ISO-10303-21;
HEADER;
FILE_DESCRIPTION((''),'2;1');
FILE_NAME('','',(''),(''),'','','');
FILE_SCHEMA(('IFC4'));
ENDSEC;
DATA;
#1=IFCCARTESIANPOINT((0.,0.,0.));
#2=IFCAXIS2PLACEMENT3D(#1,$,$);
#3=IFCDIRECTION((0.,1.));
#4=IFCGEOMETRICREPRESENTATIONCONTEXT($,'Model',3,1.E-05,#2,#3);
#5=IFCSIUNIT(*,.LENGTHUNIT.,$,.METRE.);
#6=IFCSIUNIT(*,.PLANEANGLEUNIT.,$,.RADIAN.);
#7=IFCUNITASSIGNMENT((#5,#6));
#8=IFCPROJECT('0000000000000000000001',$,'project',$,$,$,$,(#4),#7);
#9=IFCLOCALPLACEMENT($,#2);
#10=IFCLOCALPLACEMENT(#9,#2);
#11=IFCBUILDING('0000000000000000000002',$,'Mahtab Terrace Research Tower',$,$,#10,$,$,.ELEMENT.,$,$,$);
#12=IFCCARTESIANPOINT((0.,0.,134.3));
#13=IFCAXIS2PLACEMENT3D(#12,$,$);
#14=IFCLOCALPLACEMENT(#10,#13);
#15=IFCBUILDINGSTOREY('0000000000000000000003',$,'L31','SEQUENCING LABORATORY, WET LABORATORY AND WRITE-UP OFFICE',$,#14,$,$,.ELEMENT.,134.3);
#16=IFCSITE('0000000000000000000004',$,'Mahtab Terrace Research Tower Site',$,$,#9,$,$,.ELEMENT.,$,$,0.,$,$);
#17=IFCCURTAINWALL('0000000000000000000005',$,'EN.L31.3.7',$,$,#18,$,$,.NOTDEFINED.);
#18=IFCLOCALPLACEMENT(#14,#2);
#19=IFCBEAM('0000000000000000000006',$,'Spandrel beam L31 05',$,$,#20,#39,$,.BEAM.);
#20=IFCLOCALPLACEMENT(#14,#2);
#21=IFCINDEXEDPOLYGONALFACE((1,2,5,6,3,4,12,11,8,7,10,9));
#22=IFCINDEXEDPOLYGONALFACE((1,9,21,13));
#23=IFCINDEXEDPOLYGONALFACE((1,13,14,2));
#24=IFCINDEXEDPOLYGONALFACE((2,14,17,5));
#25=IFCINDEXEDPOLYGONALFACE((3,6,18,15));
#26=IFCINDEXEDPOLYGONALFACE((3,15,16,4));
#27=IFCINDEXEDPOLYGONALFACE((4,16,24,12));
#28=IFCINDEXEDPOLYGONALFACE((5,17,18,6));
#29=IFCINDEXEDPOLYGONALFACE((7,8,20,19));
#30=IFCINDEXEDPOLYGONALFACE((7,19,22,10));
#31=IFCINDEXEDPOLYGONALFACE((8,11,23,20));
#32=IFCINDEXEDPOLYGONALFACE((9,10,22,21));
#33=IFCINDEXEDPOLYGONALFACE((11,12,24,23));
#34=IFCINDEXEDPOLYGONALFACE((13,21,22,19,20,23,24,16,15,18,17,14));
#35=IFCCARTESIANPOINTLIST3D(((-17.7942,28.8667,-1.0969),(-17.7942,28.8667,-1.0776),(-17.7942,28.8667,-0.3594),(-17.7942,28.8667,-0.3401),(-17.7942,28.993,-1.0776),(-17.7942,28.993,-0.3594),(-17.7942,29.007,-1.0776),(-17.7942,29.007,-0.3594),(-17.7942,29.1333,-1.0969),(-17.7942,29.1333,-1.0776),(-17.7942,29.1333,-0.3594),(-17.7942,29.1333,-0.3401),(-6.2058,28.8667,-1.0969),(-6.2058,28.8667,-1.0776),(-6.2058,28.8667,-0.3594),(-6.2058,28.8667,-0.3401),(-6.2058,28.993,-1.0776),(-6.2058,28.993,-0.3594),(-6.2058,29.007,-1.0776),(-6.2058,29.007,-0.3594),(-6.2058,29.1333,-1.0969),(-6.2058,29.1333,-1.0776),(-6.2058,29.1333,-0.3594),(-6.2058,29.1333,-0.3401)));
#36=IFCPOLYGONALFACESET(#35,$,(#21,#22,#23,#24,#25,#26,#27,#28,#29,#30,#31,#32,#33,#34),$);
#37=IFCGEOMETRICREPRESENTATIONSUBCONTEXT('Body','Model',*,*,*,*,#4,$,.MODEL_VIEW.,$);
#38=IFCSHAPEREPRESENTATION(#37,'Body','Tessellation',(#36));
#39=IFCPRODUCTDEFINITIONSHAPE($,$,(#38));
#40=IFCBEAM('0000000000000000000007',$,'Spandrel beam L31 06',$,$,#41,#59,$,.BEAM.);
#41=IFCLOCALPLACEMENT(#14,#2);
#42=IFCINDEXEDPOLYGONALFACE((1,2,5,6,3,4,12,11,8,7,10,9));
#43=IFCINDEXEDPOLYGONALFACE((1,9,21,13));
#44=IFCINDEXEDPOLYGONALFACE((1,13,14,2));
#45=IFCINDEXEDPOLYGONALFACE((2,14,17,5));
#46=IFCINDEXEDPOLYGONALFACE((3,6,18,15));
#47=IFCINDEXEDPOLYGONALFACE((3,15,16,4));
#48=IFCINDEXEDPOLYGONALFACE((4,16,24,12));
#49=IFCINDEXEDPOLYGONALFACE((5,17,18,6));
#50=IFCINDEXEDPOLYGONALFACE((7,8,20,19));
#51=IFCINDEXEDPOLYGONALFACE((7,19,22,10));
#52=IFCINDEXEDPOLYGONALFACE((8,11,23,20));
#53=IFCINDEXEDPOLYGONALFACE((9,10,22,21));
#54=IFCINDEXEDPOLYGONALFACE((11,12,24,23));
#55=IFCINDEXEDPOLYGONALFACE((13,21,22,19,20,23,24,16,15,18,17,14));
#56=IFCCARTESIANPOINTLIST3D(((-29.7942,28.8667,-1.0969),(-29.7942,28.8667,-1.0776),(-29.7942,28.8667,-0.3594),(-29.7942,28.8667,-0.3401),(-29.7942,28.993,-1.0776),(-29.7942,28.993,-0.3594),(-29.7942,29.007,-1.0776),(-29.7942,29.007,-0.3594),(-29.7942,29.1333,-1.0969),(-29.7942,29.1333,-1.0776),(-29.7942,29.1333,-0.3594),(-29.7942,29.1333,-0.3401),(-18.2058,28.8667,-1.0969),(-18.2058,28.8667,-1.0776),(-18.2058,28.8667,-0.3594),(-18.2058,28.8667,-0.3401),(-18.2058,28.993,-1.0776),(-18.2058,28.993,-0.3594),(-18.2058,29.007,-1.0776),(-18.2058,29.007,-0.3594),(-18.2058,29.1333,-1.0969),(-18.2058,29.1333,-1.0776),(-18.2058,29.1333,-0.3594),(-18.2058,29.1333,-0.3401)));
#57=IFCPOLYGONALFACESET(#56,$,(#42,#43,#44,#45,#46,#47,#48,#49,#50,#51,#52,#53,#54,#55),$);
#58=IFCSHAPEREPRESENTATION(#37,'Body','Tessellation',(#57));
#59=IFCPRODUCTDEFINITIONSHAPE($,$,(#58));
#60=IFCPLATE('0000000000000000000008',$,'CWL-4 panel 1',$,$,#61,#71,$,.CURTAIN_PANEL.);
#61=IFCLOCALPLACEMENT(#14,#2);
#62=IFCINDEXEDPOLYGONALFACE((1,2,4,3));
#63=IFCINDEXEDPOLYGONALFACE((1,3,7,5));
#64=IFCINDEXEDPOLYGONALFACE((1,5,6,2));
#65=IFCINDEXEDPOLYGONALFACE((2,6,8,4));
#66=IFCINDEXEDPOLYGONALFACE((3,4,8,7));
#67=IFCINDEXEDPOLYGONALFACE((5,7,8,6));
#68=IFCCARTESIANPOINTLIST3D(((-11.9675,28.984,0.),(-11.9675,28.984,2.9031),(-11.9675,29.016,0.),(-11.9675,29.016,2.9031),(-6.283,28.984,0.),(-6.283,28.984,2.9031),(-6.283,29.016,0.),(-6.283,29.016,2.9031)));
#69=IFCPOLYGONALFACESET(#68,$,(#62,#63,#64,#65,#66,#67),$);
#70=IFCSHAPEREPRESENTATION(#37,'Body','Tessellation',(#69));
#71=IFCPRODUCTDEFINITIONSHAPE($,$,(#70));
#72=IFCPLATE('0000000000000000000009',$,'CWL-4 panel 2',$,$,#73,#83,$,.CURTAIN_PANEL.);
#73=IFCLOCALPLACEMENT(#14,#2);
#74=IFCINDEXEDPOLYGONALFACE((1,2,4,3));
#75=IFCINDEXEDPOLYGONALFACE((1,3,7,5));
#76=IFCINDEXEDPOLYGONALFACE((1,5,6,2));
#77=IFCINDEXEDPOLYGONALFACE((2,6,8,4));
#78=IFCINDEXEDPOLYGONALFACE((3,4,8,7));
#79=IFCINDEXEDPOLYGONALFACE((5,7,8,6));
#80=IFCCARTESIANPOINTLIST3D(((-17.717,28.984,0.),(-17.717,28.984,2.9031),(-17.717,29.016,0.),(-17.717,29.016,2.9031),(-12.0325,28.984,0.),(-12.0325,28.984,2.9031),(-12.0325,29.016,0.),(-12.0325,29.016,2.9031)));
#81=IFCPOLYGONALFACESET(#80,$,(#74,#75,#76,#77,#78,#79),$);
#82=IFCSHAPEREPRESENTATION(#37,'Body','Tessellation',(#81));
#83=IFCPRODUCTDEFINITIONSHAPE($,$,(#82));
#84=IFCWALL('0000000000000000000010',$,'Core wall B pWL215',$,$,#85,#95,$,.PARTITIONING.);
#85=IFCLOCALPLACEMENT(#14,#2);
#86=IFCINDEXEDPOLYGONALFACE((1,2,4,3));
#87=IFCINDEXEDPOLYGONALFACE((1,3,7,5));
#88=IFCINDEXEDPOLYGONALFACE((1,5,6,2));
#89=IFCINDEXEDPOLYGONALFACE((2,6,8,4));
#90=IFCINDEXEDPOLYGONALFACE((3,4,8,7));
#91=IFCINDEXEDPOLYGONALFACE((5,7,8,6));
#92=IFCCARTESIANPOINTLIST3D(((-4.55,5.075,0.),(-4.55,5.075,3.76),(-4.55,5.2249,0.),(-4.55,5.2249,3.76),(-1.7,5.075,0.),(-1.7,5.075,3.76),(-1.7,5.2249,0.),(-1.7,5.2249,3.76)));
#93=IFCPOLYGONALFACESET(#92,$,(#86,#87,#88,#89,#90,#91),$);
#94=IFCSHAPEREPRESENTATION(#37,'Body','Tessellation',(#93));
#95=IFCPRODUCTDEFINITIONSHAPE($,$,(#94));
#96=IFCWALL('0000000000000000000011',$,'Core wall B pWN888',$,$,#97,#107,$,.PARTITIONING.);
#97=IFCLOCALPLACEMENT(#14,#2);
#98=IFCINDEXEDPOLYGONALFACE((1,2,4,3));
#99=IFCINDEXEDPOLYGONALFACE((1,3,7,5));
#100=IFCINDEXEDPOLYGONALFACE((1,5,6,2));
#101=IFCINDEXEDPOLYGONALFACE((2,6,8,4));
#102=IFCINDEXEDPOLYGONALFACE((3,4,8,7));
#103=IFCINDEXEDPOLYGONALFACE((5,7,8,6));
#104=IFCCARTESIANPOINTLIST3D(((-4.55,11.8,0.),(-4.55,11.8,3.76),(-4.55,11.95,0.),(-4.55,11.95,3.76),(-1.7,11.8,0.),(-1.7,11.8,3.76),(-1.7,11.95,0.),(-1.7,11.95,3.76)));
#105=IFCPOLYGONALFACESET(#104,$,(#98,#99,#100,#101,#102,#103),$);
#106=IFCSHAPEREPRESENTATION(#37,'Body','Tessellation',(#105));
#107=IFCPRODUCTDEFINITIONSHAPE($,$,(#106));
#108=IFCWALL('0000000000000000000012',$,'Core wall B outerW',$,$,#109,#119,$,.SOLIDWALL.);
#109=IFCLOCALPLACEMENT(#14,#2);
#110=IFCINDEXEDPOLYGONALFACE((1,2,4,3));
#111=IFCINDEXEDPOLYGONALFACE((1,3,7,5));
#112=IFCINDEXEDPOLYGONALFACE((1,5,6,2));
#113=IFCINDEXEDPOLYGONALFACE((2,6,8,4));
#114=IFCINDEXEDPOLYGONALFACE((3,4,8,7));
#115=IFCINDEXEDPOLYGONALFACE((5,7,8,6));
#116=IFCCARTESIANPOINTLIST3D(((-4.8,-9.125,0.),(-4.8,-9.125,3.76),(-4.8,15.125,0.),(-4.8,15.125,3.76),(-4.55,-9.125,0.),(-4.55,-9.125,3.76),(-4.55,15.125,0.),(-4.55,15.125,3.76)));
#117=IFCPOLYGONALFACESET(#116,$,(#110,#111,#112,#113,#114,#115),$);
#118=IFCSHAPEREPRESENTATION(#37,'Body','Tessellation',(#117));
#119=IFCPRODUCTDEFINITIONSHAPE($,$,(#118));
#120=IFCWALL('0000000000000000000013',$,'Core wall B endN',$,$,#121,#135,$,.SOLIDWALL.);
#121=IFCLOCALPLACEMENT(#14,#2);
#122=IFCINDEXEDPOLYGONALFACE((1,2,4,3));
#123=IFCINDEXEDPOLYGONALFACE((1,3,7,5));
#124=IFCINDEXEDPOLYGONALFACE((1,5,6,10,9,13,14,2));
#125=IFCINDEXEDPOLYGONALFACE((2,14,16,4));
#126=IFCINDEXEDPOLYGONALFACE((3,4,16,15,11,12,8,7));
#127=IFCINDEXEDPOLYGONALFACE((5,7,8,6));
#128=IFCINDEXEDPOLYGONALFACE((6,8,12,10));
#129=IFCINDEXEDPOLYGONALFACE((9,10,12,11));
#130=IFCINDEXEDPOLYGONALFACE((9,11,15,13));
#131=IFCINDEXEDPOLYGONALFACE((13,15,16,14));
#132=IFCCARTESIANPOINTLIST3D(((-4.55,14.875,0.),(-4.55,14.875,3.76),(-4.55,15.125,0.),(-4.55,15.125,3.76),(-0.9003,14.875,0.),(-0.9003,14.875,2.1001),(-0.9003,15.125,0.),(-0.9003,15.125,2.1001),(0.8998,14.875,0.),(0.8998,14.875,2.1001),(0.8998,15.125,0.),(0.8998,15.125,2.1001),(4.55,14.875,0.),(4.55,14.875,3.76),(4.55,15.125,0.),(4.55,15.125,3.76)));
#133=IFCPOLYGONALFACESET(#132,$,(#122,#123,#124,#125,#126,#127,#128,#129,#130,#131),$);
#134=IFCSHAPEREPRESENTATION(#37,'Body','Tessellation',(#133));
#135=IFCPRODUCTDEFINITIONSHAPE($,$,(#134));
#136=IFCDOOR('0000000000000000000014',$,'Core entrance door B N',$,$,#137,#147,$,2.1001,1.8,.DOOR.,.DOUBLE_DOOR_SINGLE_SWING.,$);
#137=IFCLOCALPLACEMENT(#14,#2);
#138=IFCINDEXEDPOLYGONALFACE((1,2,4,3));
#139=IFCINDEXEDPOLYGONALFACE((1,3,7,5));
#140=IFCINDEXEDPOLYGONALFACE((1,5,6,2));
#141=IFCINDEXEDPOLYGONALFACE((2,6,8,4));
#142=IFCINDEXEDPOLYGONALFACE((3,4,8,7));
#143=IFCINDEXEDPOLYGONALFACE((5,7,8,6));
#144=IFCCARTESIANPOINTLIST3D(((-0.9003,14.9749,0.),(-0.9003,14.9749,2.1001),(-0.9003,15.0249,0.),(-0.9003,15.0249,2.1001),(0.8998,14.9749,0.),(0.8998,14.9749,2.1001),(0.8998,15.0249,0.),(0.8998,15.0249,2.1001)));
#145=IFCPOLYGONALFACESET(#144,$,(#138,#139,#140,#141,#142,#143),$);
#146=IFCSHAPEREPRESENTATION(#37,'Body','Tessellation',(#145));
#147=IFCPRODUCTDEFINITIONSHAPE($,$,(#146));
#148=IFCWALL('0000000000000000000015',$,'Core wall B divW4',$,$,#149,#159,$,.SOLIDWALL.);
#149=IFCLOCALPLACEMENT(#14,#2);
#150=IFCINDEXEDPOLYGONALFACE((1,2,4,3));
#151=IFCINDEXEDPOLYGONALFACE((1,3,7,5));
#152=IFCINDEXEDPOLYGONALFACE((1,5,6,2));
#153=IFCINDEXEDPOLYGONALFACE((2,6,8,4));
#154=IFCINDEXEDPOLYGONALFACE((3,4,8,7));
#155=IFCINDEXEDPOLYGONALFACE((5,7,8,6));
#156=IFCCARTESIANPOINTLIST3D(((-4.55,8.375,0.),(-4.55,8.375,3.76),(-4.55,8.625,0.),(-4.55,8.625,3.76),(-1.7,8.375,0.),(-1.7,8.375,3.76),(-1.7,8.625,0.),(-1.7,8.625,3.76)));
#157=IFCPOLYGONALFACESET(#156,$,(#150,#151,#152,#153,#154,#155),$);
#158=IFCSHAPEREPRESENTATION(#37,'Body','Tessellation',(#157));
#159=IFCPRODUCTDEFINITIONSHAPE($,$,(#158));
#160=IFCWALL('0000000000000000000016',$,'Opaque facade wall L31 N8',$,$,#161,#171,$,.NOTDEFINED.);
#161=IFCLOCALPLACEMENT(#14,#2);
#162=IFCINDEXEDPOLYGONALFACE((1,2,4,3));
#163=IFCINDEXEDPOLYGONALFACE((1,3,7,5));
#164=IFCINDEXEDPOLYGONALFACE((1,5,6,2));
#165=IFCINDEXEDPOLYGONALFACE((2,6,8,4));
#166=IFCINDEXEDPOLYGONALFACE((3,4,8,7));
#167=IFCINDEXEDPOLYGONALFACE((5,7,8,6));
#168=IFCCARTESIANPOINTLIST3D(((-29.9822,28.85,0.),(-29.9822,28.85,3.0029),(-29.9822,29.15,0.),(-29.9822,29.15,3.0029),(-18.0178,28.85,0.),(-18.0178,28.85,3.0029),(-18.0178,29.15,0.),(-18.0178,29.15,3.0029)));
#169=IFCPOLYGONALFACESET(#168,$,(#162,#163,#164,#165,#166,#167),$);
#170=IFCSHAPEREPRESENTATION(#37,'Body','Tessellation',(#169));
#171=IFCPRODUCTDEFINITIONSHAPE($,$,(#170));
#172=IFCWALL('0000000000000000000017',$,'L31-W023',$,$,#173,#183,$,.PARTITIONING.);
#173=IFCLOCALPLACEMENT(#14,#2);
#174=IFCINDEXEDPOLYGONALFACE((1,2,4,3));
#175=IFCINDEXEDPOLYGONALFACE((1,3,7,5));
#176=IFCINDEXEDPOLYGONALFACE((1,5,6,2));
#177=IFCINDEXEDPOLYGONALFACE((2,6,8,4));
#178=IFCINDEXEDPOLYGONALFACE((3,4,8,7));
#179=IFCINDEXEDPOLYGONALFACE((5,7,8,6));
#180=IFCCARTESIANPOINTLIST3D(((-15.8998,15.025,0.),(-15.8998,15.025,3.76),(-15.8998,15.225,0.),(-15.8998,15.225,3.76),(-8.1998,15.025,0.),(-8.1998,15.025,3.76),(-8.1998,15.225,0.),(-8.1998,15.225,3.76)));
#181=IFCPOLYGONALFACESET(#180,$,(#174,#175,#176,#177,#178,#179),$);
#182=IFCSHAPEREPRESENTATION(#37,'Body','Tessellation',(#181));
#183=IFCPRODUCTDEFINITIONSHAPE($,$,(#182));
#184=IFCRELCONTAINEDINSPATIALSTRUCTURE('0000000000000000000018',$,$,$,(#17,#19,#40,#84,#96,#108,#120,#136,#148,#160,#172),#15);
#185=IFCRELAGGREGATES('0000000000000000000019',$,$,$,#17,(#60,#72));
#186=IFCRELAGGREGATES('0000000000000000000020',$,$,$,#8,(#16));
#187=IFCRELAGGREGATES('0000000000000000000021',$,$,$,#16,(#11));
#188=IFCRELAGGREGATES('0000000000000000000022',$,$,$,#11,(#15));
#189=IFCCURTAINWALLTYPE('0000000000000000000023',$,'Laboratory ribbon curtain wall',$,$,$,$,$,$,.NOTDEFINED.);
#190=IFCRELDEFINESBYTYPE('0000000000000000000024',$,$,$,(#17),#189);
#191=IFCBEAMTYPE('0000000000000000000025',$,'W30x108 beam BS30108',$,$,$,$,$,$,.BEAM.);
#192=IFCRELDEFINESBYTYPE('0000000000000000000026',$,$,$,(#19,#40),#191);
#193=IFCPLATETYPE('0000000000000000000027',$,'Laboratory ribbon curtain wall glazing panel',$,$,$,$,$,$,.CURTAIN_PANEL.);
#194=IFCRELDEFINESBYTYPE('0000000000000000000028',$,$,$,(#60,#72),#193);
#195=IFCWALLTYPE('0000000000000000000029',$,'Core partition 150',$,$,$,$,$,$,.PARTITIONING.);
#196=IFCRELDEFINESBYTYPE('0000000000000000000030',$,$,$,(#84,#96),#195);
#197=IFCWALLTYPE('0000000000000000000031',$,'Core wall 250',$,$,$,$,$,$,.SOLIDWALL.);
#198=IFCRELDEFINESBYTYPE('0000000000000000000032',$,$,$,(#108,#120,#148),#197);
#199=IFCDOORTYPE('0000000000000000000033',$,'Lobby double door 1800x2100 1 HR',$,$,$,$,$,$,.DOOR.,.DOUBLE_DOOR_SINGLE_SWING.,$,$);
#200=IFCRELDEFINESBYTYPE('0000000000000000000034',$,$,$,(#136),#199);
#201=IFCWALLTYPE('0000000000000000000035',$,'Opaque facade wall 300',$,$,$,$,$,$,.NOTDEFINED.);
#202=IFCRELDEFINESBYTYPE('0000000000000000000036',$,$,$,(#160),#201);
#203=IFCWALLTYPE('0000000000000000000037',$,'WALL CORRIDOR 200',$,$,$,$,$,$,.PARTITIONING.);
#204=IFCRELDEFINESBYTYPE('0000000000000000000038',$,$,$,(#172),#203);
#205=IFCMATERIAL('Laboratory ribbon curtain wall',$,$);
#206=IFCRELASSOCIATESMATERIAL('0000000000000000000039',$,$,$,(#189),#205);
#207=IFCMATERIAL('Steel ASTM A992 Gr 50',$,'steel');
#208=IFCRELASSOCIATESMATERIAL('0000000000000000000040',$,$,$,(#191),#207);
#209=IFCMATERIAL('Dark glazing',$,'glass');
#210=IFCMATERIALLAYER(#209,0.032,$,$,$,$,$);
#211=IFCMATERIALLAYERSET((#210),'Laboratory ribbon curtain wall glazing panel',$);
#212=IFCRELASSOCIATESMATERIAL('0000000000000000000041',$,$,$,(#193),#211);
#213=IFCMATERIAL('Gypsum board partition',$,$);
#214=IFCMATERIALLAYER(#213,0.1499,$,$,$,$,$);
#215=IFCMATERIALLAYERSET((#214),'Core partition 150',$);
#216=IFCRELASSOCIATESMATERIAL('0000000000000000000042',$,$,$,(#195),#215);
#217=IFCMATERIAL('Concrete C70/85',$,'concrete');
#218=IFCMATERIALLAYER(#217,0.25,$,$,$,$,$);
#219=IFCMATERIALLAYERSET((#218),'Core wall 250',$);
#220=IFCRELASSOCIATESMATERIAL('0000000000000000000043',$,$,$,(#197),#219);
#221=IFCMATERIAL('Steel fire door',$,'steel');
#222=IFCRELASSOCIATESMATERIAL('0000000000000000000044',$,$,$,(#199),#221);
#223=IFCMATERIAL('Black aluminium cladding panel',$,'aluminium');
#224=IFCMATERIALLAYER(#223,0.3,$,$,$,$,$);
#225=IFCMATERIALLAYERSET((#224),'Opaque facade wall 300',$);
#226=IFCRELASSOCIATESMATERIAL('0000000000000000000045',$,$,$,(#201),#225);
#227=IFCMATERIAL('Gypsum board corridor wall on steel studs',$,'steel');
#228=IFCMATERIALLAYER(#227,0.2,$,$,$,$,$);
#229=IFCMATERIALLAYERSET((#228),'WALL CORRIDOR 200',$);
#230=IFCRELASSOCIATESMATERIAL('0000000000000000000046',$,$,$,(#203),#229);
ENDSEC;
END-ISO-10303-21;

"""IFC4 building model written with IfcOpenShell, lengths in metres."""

from ifc_helpers import new_model, si_unit, direction, frame, frame_2d, origin, origin_2d, place, context, subcontext, project, spatial, rectangle, i_section, extrude, material, layer, layer_set, material_profile, profile_set, type_object, element, fill, aggregate, save


model = new_model("IFC4")

# Units and contexts
model_context = context("Model", 3, precision=1e-05, world=origin(), true_north=direction((0.0, 1.0)))
body_context = subcontext(model_context, "Body", "Model", "MODEL_VIEW")
ifc_project = project(units=[si_unit("LENGTHUNIT", "METRE"), si_unit("PLANEANGLEUNIT", "RADIAN")], contexts=[model_context])

# Site, building, storey
site_placement = place(None, origin())
site = spatial("IfcSite", under=ifc_project, at=site_placement, Name="Mahtab Terrace Research Tower Site", CompositionType="ELEMENT", RefElevation=0.0)
building_placement = place(site_placement, origin())
building = spatial("IfcBuilding", under=site, at=building_placement, Name="Mahtab Terrace Research Tower", CompositionType="ELEMENT")
storey_placement = place(building_placement, frame((0.0, 0.0, 134.3)))
storey = spatial("IfcBuildingStorey", under=building, at=storey_placement, Name="L31", Description="SEQUENCING LABORATORY, WET LABORATORY AND WRITE-UP OFFICE", CompositionType="ELEMENT", Elevation=134.3)

# Shared definitions
ifc_material_1 = material(Name="Concrete C70/85", Category="concrete")
ifc_material_2 = material(Name="Steel ASTM A992 Gr 50", Category="steel")

# Curtain wall
ifc_material_3 = material(Name="Laboratory ribbon curtain wall")
curtain_wall_type = type_object("IfcCurtainWallType", Name="Laboratory ribbon curtain wall", PredefinedType="NOTDEFINED", material=ifc_material_3)
curtain_wall_placement = place(storey_placement, origin())
curtain_wall = element("IfcCurtainWall", 1, at=curtain_wall_placement, inside=storey, type_object=curtain_wall_type, Name="EN.L31.3.7", PredefinedType="NOTDEFINED")

# Beams
ifc_material_profile_1 = material_profile(ifc_material_2, i_section(OverallWidth=0.2666, OverallDepth=0.7568, WebThickness=0.0139, FlangeThickness=0.0193, at=origin_2d()), Name="W30X108")
ifc_profile_set_1 = profile_set([ifc_material_profile_1], Name="Steel ASTM A992 Gr 50")
beam_type = type_object("IfcBeamType", Name="W30x108 beam BS30108", PredefinedType="BEAM", material=ifc_profile_set_1)
for number, where, z_axis, x_axis, name in (
    (2, (-6.2058, 29.0, -0.7185), (-1.0, 0.0, 0.0), (0.0, -1.0, 0.0), "Spandrel beam L31 05"),
    (3, (-18.2058, 29.0, -0.7185), (-1.0, 0.0, 0.0), (0.0, -1.0, 0.0), "Spandrel beam L31 06"),
):
    element("IfcBeam", number, at=place(storey_placement, frame(where, z_axis=z_axis, x_axis=x_axis)), inside=storey, type_object=beam_type, Name=name, PredefinedType="BEAM", context=body_context, shape_type="SweptSolid", body=[
        extrude(i_section(OverallWidth=0.2666, OverallDepth=0.7568, WebThickness=0.0139, FlangeThickness=0.0193, at=origin_2d()), origin(), (0.0, 0.0, 1.0), 11.5884),
    ])

# Plates
ifc_material_4 = material(Name="Dark glazing", Category="glass")
ifc_layer_1 = layer(ifc_material_4, 0.032)
ifc_layer_set_1 = layer_set([ifc_layer_1], Name="Laboratory ribbon curtain wall glazing panel")
plate_type = type_object("IfcPlateType", Name="Laboratory ribbon curtain wall glazing panel", PredefinedType="CURTAIN_PANEL", material=ifc_layer_set_1)
plate_1_placement = place(storey_placement, frame((-9.1252, 29.0, 0.0), z_axis=(0.0, 0.0, 1.0), x_axis=(-1.0, 0.0, 0.0)))
plate_1 = element("IfcPlate", 4, at=plate_1_placement, type_object=plate_type, Name="CWL-4 panel 1", PredefinedType="CURTAIN_PANEL", context=body_context, shape_type="SweptSolid", body=[
    extrude(rectangle(XDim=5.6846, YDim=0.032, at=origin_2d()), origin(), (0.0, 0.0, 1.0), 2.9031),
])
plate_2_placement = place(storey_placement, frame((-14.8748, 29.0, 0.0), z_axis=(0.0, 0.0, 1.0), x_axis=(-1.0, 0.0, 0.0)))
plate_2 = element("IfcPlate", 5, at=plate_2_placement, type_object=plate_type, Name="CWL-4 panel 2", PredefinedType="CURTAIN_PANEL", context=body_context, shape_type="SweptSolid", body=[
    extrude(rectangle(XDim=5.6846, YDim=0.032, at=origin_2d()), origin(), (0.0, 0.0, 1.0), 2.9031),
])
aggregate(curtain_wall, [plate_1, plate_2])

# Walls
ifc_material_5 = material(Name="Gypsum board partition")
ifc_layer_2 = layer(ifc_material_5, 0.1499)
ifc_layer_set_2 = layer_set([ifc_layer_2], Name="Core partition 150")
wall_type_1 = type_object("IfcWallType", Name="Core partition 150", PredefinedType="PARTITIONING", material=ifc_layer_set_2)
for number, where, z_axis, x_axis, name in (
    (6, (-4.55, 5.1499, 0.0), (0.0, 0.0, 1.0), (1.0, 0.0, 0.0), "Core wall B pWL215"),
    (7, (-4.55, 11.875, 0.0), (0.0, 0.0, 1.0), (1.0, 0.0, 0.0), "Core wall B pWN888"),
):
    element("IfcWall", number, at=place(storey_placement, frame(where, z_axis=z_axis, x_axis=x_axis)), inside=storey, type_object=wall_type_1, Name=name, PredefinedType="PARTITIONING", context=body_context, shape_type="SweptSolid", body=[
        extrude(rectangle(XDim=2.8501, YDim=0.1499, at=frame_2d((1.425, 0.0))), origin(), (0.0, 0.0, 1.0), 3.76),
    ])
ifc_layer_3 = layer(ifc_material_1, 0.25)
ifc_layer_set_3 = layer_set([ifc_layer_3], Name="Core wall 250")
wall_type_2 = type_object("IfcWallType", Name="Core wall 250", PredefinedType="SOLIDWALL", material=ifc_layer_set_3)
wall_1_placement = place(storey_placement, frame((-4.675, 15.125, 0.0), z_axis=(0.0, 0.0, 1.0), x_axis=(0.0, -1.0, 0.0)))
element("IfcWall", 8, at=wall_1_placement, inside=storey, type_object=wall_type_2, Name="Core wall B outerW", PredefinedType="SOLIDWALL", context=body_context, shape_type="SweptSolid", body=[
    extrude(rectangle(XDim=24.25, YDim=0.25, at=frame_2d((12.125, 0.0))), origin(), (0.0, 0.0, 1.0), 3.76),
])

# Wall, opening, door
wall_2_placement = place(storey_placement, frame((-4.55, 15.0, 0.0), z_axis=(0.0, 0.0, 1.0), x_axis=(1.0, 0.0, 0.0)))
wall_2 = element("IfcWall", 9, at=wall_2_placement, inside=storey, type_object=wall_type_2, Name="Core wall B endN", PredefinedType="SOLIDWALL", context=body_context, shape_type="SweptSolid", body=[
    extrude(rectangle(XDim=9.1001, YDim=0.25, at=frame_2d((4.55, 0.0))), origin(), (0.0, 0.0, 1.0), 3.76),
])
opening_placement = place(wall_2_placement, frame((3.6499, 0.0, 0.0)))
opening = element("IfcOpeningElement", 10, at=opening_placement, cuts=wall_2, PredefinedType="OPENING", context=body_context, shape_type="SweptSolid", body=[
    extrude(rectangle(XDim=1.8, YDim=2.1001, at=frame_2d((0.8999, 1.05))), frame((0.0, 0.135, 0.0), z_axis=(0.0, -1.0, 0.0), x_axis=(1.0, 0.0, 0.0)), (0.0, 0.0, 1.0), 0.27),
])
ifc_material_6 = material(Name="Steel fire door", Category="steel")
door_type = type_object("IfcDoorType", Name="Lobby double door 1800x2100 1 HR", OperationType="DOUBLE_DOOR_SINGLE_SWING", PredefinedType="DOOR", material=ifc_material_6)
door_placement = place(opening_placement, origin())
door = element("IfcDoor", 11, at=door_placement, inside=storey, type_object=door_type, Name="Core entrance door B N", OperationType="DOUBLE_DOOR_SINGLE_SWING", OverallHeight=2.1001, OverallWidth=1.8, PredefinedType="DOOR", context=body_context, shape_type="SweptSolid", body=[
    extrude(rectangle(XDim=1.8, YDim=2.1001, at=frame_2d((0.8999, 1.05))), frame((0.0, 0.0249, 0.0), z_axis=(0.0, -1.0, 0.0), x_axis=(1.0, 0.0, 0.0)), (0.0, 0.0, 1.0), 0.05),
])
fill(opening, door)

# Walls
wall_3_placement = place(storey_placement, frame((-4.55, 8.5, 0.0), z_axis=(0.0, 0.0, 1.0), x_axis=(1.0, 0.0, 0.0)))
element("IfcWall", 12, at=wall_3_placement, inside=storey, type_object=wall_type_2, Name="Core wall B divW4", PredefinedType="SOLIDWALL", context=body_context, shape_type="SweptSolid", body=[
    extrude(rectangle(XDim=2.8501, YDim=0.25, at=frame_2d((1.425, 0.0))), origin(), (0.0, 0.0, 1.0), 3.76),
])
ifc_material_7 = material(Name="Black aluminium cladding panel", Category="aluminium")
ifc_layer_4 = layer(ifc_material_7, 0.3)
ifc_layer_set_4 = layer_set([ifc_layer_4], Name="Opaque facade wall 300")
wall_type_3 = type_object("IfcWallType", Name="Opaque facade wall 300", PredefinedType="NOTDEFINED", material=ifc_layer_set_4)
wall_4_placement = place(storey_placement, frame((-18.0178, 29.0, 0.0), z_axis=(0.0, 0.0, 1.0), x_axis=(-1.0, 0.0, 0.0)))
element("IfcWall", 13, at=wall_4_placement, inside=storey, type_object=wall_type_3, Name="Opaque facade wall L31 N8", PredefinedType="NOTDEFINED", context=body_context, shape_type="SweptSolid", body=[
    extrude(rectangle(XDim=11.9644, YDim=0.3, at=frame_2d((5.9822, 0.0))), origin(), (0.0, 0.0, 1.0), 3.0029),
])
ifc_material_8 = material(Name="Gypsum board corridor wall on steel studs", Category="steel")
ifc_layer_5 = layer(ifc_material_8, 0.2)
ifc_layer_set_5 = layer_set([ifc_layer_5], Name="WALL CORRIDOR 200")
wall_type_4 = type_object("IfcWallType", Name="WALL CORRIDOR 200", PredefinedType="PARTITIONING", material=ifc_layer_set_5)
wall_5_placement = place(storey_placement, frame((-15.8999, 15.125, 0.0), z_axis=(0.0, 0.0, 1.0), x_axis=(1.0, 0.0, 0.0)))
element("IfcWall", 14, at=wall_5_placement, inside=storey, type_object=wall_type_4, Name="L31-W023", PredefinedType="PARTITIONING", context=body_context, shape_type="SweptSolid", body=[
    extrude(rectangle(XDim=7.7, YDim=0.2, at=frame_2d((3.8501, 0.0))), origin(), (0.0, 0.0, 1.0), 3.76),
])

save(model, "model.ifc")
